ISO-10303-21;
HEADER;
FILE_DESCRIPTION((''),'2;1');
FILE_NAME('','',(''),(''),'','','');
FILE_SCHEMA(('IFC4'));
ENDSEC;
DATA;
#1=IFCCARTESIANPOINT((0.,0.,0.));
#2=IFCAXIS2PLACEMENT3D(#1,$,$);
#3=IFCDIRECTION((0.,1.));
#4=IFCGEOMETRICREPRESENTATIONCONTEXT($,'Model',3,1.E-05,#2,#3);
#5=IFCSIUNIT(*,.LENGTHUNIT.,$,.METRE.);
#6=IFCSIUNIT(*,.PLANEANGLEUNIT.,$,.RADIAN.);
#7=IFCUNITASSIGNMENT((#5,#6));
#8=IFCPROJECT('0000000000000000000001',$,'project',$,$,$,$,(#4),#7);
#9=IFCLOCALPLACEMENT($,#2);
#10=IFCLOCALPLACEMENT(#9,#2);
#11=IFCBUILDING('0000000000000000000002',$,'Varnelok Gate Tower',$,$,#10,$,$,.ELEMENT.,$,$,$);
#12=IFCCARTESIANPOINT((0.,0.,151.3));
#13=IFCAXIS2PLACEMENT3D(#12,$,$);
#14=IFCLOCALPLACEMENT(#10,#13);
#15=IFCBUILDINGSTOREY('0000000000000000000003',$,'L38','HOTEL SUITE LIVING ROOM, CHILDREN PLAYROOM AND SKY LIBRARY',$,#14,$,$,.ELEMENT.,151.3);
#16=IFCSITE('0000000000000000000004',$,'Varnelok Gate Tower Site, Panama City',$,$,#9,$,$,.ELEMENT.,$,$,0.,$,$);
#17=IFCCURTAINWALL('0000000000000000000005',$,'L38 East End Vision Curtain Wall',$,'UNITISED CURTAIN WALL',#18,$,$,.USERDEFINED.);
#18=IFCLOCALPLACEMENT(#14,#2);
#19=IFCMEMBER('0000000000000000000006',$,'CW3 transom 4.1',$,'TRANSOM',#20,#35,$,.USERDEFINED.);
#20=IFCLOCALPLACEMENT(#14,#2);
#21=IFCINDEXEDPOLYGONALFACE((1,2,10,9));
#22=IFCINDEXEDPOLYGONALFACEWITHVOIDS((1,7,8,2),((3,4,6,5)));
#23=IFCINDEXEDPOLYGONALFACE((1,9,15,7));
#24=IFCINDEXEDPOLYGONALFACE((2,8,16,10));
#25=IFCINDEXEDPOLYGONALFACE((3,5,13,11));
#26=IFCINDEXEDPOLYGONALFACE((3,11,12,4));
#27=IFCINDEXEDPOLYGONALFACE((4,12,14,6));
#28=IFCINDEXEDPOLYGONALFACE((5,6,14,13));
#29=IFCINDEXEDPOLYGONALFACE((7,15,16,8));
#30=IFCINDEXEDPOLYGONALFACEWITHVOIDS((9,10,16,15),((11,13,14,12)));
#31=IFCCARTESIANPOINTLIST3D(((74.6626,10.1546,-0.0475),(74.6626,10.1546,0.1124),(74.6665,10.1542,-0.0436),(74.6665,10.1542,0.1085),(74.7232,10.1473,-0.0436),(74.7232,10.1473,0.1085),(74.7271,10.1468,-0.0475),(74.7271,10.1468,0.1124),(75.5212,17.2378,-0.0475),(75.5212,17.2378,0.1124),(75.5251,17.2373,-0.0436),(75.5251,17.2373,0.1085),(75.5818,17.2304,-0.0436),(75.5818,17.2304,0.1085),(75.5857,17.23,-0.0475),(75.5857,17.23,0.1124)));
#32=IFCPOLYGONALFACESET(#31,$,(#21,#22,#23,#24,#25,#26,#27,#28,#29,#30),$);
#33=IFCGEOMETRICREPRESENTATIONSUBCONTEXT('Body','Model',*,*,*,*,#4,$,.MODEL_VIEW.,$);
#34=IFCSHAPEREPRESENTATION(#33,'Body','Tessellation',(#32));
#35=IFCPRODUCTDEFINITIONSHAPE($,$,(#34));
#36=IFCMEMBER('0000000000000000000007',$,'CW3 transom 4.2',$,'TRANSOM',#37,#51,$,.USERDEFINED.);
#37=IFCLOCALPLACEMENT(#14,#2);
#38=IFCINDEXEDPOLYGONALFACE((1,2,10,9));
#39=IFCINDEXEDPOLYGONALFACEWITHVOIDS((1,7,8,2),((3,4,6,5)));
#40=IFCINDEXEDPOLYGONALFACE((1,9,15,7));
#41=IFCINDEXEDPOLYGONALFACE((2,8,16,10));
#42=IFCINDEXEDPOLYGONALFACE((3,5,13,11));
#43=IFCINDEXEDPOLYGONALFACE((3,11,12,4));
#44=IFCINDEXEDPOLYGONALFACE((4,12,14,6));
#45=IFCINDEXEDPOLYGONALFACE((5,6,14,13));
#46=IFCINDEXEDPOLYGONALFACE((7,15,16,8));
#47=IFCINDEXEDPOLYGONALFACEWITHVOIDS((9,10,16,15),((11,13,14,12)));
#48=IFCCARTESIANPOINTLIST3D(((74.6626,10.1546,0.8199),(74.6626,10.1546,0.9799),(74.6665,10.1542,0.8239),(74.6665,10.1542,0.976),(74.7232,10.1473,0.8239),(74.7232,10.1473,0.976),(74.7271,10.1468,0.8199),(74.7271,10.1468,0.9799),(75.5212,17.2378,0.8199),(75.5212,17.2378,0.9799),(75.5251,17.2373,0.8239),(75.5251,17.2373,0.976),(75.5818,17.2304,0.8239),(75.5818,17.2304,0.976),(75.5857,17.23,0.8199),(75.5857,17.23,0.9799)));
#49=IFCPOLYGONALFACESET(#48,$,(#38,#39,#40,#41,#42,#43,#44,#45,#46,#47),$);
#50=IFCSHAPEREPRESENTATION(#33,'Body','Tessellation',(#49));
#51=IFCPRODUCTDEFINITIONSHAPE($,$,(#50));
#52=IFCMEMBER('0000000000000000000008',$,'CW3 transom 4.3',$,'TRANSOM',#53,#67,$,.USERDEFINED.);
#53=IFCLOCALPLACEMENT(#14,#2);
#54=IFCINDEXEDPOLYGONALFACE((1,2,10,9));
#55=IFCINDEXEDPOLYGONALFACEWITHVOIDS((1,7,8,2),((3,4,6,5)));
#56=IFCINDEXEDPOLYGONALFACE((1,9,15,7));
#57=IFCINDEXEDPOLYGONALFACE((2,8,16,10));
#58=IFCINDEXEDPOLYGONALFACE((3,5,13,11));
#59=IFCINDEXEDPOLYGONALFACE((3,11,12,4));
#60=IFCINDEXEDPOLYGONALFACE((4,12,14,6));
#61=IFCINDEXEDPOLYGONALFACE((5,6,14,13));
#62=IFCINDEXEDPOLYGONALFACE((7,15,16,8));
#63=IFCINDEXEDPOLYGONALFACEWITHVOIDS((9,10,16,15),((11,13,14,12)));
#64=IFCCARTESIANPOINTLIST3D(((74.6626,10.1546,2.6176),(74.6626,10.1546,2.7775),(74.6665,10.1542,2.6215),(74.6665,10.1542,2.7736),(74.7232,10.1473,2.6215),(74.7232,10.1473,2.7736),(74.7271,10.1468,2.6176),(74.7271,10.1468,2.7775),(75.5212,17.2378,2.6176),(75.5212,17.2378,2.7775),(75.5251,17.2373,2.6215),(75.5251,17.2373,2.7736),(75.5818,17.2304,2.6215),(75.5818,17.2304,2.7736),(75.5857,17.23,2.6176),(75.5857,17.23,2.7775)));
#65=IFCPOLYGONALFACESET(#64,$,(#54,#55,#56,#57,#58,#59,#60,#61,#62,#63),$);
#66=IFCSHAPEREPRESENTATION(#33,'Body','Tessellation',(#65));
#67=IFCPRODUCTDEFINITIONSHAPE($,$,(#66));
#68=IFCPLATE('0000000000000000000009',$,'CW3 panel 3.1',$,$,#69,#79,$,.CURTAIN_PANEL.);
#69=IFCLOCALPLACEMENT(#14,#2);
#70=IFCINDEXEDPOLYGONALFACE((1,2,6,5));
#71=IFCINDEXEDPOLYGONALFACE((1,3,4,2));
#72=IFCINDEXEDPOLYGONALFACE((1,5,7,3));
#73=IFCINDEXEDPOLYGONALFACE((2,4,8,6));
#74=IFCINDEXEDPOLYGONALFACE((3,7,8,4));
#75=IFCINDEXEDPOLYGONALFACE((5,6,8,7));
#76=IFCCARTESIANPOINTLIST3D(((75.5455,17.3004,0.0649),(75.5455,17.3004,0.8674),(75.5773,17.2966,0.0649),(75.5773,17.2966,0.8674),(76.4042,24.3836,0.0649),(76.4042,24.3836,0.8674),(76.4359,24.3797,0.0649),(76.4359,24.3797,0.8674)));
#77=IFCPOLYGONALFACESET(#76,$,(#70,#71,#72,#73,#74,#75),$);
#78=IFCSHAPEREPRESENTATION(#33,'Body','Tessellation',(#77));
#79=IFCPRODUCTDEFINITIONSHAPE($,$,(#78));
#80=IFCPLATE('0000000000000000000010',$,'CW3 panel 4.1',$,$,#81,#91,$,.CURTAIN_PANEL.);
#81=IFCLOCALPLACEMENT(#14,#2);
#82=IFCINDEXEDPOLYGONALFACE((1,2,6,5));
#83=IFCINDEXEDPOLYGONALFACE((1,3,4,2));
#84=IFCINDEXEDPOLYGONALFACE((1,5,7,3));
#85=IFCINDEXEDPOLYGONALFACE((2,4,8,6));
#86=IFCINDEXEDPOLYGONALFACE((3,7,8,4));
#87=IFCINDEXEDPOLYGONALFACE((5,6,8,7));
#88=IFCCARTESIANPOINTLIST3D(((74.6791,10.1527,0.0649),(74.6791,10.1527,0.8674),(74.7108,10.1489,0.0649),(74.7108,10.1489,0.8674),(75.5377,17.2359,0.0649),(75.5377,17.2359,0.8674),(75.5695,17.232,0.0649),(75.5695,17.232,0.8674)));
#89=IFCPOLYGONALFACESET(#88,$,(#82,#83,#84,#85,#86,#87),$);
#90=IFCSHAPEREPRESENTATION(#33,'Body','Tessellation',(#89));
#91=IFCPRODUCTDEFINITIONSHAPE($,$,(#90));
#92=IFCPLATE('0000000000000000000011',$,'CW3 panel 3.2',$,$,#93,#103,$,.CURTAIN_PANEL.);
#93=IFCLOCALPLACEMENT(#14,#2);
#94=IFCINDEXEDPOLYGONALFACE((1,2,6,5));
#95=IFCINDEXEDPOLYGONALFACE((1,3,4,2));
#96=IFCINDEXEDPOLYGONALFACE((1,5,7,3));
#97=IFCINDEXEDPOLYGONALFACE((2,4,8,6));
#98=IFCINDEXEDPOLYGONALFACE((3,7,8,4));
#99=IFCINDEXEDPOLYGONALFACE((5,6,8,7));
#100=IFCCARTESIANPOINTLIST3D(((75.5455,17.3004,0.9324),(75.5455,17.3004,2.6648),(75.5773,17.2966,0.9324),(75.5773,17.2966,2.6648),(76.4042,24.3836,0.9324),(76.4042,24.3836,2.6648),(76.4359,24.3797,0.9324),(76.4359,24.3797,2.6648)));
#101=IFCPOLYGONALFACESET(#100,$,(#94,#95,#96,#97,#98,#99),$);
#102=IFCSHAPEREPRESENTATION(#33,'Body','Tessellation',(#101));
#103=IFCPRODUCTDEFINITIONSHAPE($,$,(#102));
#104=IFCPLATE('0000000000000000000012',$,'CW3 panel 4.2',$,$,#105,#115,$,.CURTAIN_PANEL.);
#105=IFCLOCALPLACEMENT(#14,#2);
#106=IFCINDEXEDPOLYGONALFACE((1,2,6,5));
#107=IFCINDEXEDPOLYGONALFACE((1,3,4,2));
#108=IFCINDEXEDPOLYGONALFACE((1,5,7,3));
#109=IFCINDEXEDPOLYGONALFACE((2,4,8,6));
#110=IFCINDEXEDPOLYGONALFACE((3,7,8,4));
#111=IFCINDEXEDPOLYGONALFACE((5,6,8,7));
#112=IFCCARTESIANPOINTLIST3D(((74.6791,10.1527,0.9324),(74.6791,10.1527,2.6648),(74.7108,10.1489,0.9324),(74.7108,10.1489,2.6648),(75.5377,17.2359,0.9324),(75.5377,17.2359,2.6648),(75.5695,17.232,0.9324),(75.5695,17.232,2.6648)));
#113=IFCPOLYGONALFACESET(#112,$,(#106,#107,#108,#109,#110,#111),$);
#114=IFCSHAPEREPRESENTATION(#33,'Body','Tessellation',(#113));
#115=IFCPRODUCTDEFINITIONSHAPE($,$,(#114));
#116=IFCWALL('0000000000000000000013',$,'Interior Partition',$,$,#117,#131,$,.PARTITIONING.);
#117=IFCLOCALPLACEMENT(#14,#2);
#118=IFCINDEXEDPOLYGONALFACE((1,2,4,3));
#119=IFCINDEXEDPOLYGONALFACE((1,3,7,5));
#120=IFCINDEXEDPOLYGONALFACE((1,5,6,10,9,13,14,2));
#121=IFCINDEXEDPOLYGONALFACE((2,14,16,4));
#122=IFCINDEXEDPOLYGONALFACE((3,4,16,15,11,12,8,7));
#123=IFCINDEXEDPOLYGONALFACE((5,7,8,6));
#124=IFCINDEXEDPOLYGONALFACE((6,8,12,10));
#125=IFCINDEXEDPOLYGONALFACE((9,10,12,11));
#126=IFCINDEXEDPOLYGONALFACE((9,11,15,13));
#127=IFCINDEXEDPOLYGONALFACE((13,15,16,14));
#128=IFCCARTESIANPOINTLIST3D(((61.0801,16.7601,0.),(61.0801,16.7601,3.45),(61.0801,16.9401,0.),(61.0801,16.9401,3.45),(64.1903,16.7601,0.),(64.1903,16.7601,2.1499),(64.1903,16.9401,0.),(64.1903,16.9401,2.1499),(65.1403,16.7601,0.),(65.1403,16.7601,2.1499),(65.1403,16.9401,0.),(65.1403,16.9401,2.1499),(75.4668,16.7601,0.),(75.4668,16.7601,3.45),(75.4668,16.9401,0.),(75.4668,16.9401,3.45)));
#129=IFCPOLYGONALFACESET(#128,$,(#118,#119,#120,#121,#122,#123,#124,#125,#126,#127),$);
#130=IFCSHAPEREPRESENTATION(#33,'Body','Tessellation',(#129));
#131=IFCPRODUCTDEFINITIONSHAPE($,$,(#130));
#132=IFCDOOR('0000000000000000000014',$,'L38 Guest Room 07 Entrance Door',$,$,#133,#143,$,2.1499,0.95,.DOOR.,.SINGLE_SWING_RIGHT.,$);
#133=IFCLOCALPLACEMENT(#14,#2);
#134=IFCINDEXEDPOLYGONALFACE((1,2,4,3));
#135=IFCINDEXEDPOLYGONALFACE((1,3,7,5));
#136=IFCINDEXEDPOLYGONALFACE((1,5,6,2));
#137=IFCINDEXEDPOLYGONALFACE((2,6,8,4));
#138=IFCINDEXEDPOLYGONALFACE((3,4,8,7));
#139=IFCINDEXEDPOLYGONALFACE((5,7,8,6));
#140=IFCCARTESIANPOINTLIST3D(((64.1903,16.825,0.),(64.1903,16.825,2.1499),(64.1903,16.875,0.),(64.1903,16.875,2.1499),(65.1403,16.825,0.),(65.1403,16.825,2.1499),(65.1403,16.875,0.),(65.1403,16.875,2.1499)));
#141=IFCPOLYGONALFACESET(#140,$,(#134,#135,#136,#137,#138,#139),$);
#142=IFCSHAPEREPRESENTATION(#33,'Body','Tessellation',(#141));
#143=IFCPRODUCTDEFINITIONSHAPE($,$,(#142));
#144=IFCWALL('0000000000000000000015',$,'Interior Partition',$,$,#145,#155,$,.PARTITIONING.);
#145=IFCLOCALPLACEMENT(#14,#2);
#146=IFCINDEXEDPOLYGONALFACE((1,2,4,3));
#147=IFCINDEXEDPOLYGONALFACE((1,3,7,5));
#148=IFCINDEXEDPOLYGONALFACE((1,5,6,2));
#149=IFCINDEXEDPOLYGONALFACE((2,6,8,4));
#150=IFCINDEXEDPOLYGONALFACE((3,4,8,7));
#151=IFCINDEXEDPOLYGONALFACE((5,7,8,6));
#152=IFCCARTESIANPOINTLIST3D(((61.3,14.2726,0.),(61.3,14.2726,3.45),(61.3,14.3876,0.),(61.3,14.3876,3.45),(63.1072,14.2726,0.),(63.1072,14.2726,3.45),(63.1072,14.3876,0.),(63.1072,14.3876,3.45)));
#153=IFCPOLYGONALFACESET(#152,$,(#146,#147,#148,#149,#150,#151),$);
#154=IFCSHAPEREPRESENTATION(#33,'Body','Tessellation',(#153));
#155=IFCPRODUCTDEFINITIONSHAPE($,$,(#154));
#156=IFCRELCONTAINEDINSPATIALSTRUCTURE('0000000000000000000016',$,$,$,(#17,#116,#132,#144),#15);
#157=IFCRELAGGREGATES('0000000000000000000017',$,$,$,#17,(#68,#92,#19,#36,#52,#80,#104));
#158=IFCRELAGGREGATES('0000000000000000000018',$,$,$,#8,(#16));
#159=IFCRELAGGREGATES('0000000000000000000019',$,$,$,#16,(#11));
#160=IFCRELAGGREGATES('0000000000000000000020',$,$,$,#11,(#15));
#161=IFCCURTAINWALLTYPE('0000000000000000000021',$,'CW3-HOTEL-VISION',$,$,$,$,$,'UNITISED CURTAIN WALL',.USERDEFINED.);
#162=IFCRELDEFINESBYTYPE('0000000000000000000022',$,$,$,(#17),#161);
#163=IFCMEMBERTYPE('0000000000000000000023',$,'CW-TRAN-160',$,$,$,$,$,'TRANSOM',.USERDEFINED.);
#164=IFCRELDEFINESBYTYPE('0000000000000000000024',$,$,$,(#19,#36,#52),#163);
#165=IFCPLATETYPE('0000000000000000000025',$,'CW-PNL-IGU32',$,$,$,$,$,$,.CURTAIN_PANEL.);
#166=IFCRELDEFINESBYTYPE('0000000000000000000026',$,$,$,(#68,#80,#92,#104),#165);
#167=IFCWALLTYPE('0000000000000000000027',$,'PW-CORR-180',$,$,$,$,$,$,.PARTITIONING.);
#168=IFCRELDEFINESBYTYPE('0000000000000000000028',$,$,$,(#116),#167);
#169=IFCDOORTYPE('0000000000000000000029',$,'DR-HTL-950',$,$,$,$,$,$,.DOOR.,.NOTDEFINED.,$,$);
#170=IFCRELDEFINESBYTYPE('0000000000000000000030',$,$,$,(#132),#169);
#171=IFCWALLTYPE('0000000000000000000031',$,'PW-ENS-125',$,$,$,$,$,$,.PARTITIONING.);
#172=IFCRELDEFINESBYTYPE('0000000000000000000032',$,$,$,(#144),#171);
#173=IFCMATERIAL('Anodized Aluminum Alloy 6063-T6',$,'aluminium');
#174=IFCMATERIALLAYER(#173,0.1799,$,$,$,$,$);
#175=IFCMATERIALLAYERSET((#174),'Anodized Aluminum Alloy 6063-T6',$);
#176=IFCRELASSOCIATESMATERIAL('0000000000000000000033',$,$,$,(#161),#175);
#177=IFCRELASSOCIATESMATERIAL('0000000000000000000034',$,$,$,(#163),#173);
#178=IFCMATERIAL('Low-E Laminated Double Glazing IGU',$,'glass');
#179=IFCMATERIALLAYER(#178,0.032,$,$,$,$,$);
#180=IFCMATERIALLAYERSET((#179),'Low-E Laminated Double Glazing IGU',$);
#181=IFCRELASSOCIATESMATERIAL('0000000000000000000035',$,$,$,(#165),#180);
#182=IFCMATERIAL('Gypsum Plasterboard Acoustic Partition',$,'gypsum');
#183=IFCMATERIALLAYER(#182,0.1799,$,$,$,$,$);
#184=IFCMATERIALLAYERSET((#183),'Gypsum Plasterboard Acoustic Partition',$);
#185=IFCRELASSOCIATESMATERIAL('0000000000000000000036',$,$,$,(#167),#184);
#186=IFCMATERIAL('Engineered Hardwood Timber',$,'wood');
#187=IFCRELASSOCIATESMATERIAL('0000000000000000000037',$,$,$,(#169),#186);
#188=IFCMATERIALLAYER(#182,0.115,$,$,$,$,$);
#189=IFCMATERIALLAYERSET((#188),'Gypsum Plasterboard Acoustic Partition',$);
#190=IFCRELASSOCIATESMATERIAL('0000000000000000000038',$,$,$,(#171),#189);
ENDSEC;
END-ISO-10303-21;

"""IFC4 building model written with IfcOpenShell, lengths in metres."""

from ifc_helpers import new_model, si_unit, direction, frame, frame_2d, origin, origin_2d, place, context, subcontext, project, spatial, rectangle, hollow_rectangle, extrude, source, transform, mapped, material, layer, layer_set, material_profile, profile_set, type_object, element, fill, aggregate, save


model = new_model("IFC4")

# Units and contexts
model_context = context("Model", 3, precision=1e-05, world=origin(), true_north=direction((0.0, 1.0)))
body_context = subcontext(model_context, "Body", "Model", "MODEL_VIEW")
ifc_project = project(units=[si_unit("LENGTHUNIT", "METRE"), si_unit("PLANEANGLEUNIT", "RADIAN")], contexts=[model_context])

# Site, building, storey
site_placement = place(None, origin())
site = spatial("IfcSite", under=ifc_project, at=site_placement, Name="Varnelok Gate Tower Site, Panama City", CompositionType="ELEMENT", RefElevation=0.0)
building_placement = place(site_placement, origin())
building = spatial("IfcBuilding", under=site, at=building_placement, Name="Varnelok Gate Tower", CompositionType="ELEMENT")
storey_placement = place(building_placement, frame((0.0, 0.0, 151.3)))
storey = spatial("IfcBuildingStorey", under=building, at=storey_placement, Name="L38", Description="HOTEL SUITE LIVING ROOM, CHILDREN PLAYROOM AND SKY LIBRARY", CompositionType="ELEMENT", Elevation=151.3)

# Curtain wall, members, plates
ifc_material_1 = material(Name="Anodized Aluminum Alloy 6063-T6", Category="aluminium")
ifc_layer_1 = layer(ifc_material_1, 0.1799)
ifc_layer_set_1 = layer_set([ifc_layer_1], Name="Anodized Aluminum Alloy 6063-T6")
curtain_wall_type = type_object("IfcCurtainWallType", Name="CW3-HOTEL-VISION", ElementType="UNITISED CURTAIN WALL", PredefinedType="USERDEFINED", material=ifc_layer_set_1)
curtain_wall_placement = place(storey_placement, origin())
curtain_wall = element("IfcCurtainWall", 1, at=curtain_wall_placement, inside=storey, type_object=curtain_wall_type, Name="L38 East End Vision Curtain Wall", ObjectType="UNITISED CURTAIN WALL", PredefinedType="USERDEFINED")
ifc_material_profile_1 = material_profile(ifc_material_1, hollow_rectangle(XDim=0.0649, YDim=0.1599, WallThickness=0.0039, at=origin_2d()), Name="ALU160X65X4")
ifc_profile_set_1 = profile_set([ifc_material_profile_1], Name="Anodized Aluminum Alloy 6063-T6")
member_type_1 = type_object("IfcMemberType", Name="CW-TRAN-160", ElementType="TRANSOM", PredefinedType="USERDEFINED", material=ifc_profile_set_1)
member_1_placement = place(storey_placement, frame((75.5535, 17.2339, 0.0325), z_axis=(-0.120341, -0.992733, 0.0), x_axis=(0.992733, -0.120341, 0.0)))
member_1 = element("IfcMember", 2, at=member_1_placement, type_object=member_type_1, Name="CW3 transom 4.1", ObjectType="TRANSOM", PredefinedType="USERDEFINED", context=body_context, shape_type="SweptSolid", body=[
    extrude(hollow_rectangle(XDim=0.0649, YDim=0.1599, WallThickness=0.0039, at=origin_2d()), origin(), (0.0, 0.0, 1.0), 7.135),
])
member_2_placement = place(storey_placement, frame((75.5535, 17.2339, 0.8999), z_axis=(-0.120341, -0.992733, 0.0), x_axis=(0.992733, -0.120341, 0.0)))
member_2 = element("IfcMember", 3, at=member_2_placement, type_object=member_type_1, Name="CW3 transom 4.2", ObjectType="TRANSOM", PredefinedType="USERDEFINED", context=body_context, shape_type="SweptSolid", body=[
    extrude(hollow_rectangle(XDim=0.0649, YDim=0.1599, WallThickness=0.0039, at=origin_2d()), origin(), (0.0, 0.0, 1.0), 7.135),
])
member_3_placement = place(storey_placement, frame((75.5535, 17.2339, 2.6975), z_axis=(-0.120341, -0.992733, 0.0), x_axis=(0.992733, -0.120341, 0.0)))
member_3 = element("IfcMember", 4, at=member_3_placement, type_object=member_type_1, Name="CW3 transom 4.3", ObjectType="TRANSOM", PredefinedType="USERDEFINED", context=body_context, shape_type="SweptSolid", body=[
    extrude(hollow_rectangle(XDim=0.0649, YDim=0.1599, WallThickness=0.0039, at=origin_2d()), origin(), (0.0, 0.0, 1.0), 7.135),
])
ifc_material_2 = material(Name="Low-E Laminated Double Glazing IGU", Category="glass")
ifc_layer_2 = layer(ifc_material_2, 0.032)
ifc_layer_set_2 = layer_set([ifc_layer_2], Name="Low-E Laminated Double Glazing IGU")
plate_type = type_object("IfcPlateType", Name="CW-PNL-IGU32", PredefinedType="CURTAIN_PANEL", material=ifc_layer_set_2)
shared_shape_1 = source(origin(), body_context, "Body", "SweptSolid", [
    extrude(rectangle(XDim=7.135, YDim=0.032, at=origin_2d()), origin(), (0.0, 0.0, 1.0), 0.8025),
])
plate_1_placement = place(storey_placement, frame((75.9907, 20.8401, 0.0649), z_axis=(0.0, 0.0, 1.0), x_axis=(-0.120347, -0.992732, 0.0)))
plate_1 = element("IfcPlate", 5, at=plate_1_placement, type_object=plate_type, Name="CW3 panel 3.1", PredefinedType="CURTAIN_PANEL", context=body_context, shape_type="MappedRepresentation", body=[
    mapped(shared_shape_1, transform((0.0, 0.0, 0.0), scale=1.0)),
])
plate_2_placement = place(storey_placement, frame((75.1243, 13.6924, 0.0649), z_axis=(0.0, 0.0, 1.0), x_axis=(-0.120347, -0.992732, 0.0)))
plate_2 = element("IfcPlate", 6, at=plate_2_placement, type_object=plate_type, Name="CW3 panel 4.1", PredefinedType="CURTAIN_PANEL", context=body_context, shape_type="MappedRepresentation", body=[
    mapped(shared_shape_1, transform((0.0, 0.0, 0.0), scale=1.0)),
])
shared_shape_2 = source(origin(), body_context, "Body", "SweptSolid", [
    extrude(rectangle(XDim=7.135, YDim=0.032, at=origin_2d()), origin(), (0.0, 0.0, 1.0), 1.7324),
])
plate_3_placement = place(storey_placement, frame((75.9907, 20.8401, 0.9324), z_axis=(0.0, 0.0, 1.0), x_axis=(-0.120347, -0.992732, 0.0)))
plate_3 = element("IfcPlate", 7, at=plate_3_placement, type_object=plate_type, Name="CW3 panel 3.2", PredefinedType="CURTAIN_PANEL", context=body_context, shape_type="MappedRepresentation", body=[
    mapped(shared_shape_2, transform((0.0, 0.0, 0.0), scale=1.0)),
])
plate_4_placement = place(storey_placement, frame((75.1243, 13.6924, 0.9324), z_axis=(0.0, 0.0, 1.0), x_axis=(-0.120347, -0.992732, 0.0)))
plate_4 = element("IfcPlate", 8, at=plate_4_placement, type_object=plate_type, Name="CW3 panel 4.2", PredefinedType="CURTAIN_PANEL", context=body_context, shape_type="MappedRepresentation", body=[
    mapped(shared_shape_2, transform((0.0, 0.0, 0.0), scale=1.0)),
])
aggregate(curtain_wall, [plate_1, plate_3, member_1, member_2, member_3, plate_2, plate_4])

# Wall, opening, door
ifc_material_3 = material(Name="Gypsum Plasterboard Acoustic Partition", Category="gypsum")
ifc_layer_3 = layer(ifc_material_3, 0.1799)
ifc_layer_set_3 = layer_set([ifc_layer_3], Name="Gypsum Plasterboard Acoustic Partition")
wall_type_1 = type_object("IfcWallType", Name="PW-CORR-180", PredefinedType="PARTITIONING", material=ifc_layer_set_3)
wall_1_placement = place(storey_placement, frame((61.0801, 16.8501, 0.0), z_axis=(0.0, 0.0, 1.0), x_axis=(1.0, 0.0, 0.0)))
wall_1 = element("IfcWall", 9, at=wall_1_placement, inside=storey, type_object=wall_type_1, Name="Interior Partition", PredefinedType="PARTITIONING", context=body_context, shape_type="SweptSolid", body=[
    extrude(rectangle(XDim=14.3867, YDim=0.1799, at=frame_2d((7.1934, 0.0))), origin(), (0.0, 0.0, 1.0), 3.45),
])
opening_1_placement = place(wall_1_placement, frame((3.1101, 0.0, 0.0)))
opening_1 = element("IfcOpeningElement", 10, at=opening_1_placement, cuts=wall_1, PredefinedType="OPENING", context=body_context, shape_type="SweptSolid", body=[
    extrude(rectangle(XDim=0.95, YDim=2.1499, at=frame_2d((0.4751, 1.075))), frame((0.0, 0.0999, 0.0), z_axis=(0.0, -1.0, 0.0), x_axis=(1.0, 0.0, 0.0)), (0.0, 0.0, 1.0), 0.2),
])
ifc_material_4 = material(Name="Engineered Hardwood Timber", Category="wood")
door_type_1 = type_object("IfcDoorType", Name="DR-HTL-950", OperationType="NOTDEFINED", PredefinedType="DOOR", material=ifc_material_4)
door_1_placement = place(opening_1_placement, origin())
door_1 = element("IfcDoor", 11, at=door_1_placement, inside=storey, type_object=door_type_1, Name="L38 Guest Room 07 Entrance Door", OperationType="SINGLE_SWING_RIGHT", OverallHeight=2.1499, OverallWidth=0.95, PredefinedType="DOOR", context=body_context, shape_type="SweptSolid", body=[
    extrude(rectangle(XDim=0.95, YDim=2.1499, at=frame_2d((0.4751, 1.075))), frame((0.0, 0.0249, 0.0), z_axis=(0.0, -1.0, 0.0), x_axis=(1.0, 0.0, 0.0)), (0.0, 0.0, 1.0), 0.05),
])
fill(opening_1, door_1)

# Wall
ifc_layer_4 = layer(ifc_material_3, 0.115)
ifc_layer_set_4 = layer_set([ifc_layer_4], Name="Gypsum Plasterboard Acoustic Partition")
wall_type_2 = type_object("IfcWallType", Name="PW-ENS-125", PredefinedType="PARTITIONING", material=ifc_layer_set_4)
wall_2_placement = place(storey_placement, frame((61.3, 14.3301, 0.0), z_axis=(0.0, 0.0, 1.0), x_axis=(1.0, 0.0, 0.0)))
element("IfcWall", 12, at=wall_2_placement, inside=storey, type_object=wall_type_2, Name="Interior Partition", PredefinedType="PARTITIONING", context=body_context, shape_type="SweptSolid", body=[
    extrude(rectangle(XDim=1.8071, YDim=0.115, at=frame_2d((0.9036, 0.0))), origin(), (0.0, 0.0, 1.0), 3.45),
])

save(model, "model.ifc")
